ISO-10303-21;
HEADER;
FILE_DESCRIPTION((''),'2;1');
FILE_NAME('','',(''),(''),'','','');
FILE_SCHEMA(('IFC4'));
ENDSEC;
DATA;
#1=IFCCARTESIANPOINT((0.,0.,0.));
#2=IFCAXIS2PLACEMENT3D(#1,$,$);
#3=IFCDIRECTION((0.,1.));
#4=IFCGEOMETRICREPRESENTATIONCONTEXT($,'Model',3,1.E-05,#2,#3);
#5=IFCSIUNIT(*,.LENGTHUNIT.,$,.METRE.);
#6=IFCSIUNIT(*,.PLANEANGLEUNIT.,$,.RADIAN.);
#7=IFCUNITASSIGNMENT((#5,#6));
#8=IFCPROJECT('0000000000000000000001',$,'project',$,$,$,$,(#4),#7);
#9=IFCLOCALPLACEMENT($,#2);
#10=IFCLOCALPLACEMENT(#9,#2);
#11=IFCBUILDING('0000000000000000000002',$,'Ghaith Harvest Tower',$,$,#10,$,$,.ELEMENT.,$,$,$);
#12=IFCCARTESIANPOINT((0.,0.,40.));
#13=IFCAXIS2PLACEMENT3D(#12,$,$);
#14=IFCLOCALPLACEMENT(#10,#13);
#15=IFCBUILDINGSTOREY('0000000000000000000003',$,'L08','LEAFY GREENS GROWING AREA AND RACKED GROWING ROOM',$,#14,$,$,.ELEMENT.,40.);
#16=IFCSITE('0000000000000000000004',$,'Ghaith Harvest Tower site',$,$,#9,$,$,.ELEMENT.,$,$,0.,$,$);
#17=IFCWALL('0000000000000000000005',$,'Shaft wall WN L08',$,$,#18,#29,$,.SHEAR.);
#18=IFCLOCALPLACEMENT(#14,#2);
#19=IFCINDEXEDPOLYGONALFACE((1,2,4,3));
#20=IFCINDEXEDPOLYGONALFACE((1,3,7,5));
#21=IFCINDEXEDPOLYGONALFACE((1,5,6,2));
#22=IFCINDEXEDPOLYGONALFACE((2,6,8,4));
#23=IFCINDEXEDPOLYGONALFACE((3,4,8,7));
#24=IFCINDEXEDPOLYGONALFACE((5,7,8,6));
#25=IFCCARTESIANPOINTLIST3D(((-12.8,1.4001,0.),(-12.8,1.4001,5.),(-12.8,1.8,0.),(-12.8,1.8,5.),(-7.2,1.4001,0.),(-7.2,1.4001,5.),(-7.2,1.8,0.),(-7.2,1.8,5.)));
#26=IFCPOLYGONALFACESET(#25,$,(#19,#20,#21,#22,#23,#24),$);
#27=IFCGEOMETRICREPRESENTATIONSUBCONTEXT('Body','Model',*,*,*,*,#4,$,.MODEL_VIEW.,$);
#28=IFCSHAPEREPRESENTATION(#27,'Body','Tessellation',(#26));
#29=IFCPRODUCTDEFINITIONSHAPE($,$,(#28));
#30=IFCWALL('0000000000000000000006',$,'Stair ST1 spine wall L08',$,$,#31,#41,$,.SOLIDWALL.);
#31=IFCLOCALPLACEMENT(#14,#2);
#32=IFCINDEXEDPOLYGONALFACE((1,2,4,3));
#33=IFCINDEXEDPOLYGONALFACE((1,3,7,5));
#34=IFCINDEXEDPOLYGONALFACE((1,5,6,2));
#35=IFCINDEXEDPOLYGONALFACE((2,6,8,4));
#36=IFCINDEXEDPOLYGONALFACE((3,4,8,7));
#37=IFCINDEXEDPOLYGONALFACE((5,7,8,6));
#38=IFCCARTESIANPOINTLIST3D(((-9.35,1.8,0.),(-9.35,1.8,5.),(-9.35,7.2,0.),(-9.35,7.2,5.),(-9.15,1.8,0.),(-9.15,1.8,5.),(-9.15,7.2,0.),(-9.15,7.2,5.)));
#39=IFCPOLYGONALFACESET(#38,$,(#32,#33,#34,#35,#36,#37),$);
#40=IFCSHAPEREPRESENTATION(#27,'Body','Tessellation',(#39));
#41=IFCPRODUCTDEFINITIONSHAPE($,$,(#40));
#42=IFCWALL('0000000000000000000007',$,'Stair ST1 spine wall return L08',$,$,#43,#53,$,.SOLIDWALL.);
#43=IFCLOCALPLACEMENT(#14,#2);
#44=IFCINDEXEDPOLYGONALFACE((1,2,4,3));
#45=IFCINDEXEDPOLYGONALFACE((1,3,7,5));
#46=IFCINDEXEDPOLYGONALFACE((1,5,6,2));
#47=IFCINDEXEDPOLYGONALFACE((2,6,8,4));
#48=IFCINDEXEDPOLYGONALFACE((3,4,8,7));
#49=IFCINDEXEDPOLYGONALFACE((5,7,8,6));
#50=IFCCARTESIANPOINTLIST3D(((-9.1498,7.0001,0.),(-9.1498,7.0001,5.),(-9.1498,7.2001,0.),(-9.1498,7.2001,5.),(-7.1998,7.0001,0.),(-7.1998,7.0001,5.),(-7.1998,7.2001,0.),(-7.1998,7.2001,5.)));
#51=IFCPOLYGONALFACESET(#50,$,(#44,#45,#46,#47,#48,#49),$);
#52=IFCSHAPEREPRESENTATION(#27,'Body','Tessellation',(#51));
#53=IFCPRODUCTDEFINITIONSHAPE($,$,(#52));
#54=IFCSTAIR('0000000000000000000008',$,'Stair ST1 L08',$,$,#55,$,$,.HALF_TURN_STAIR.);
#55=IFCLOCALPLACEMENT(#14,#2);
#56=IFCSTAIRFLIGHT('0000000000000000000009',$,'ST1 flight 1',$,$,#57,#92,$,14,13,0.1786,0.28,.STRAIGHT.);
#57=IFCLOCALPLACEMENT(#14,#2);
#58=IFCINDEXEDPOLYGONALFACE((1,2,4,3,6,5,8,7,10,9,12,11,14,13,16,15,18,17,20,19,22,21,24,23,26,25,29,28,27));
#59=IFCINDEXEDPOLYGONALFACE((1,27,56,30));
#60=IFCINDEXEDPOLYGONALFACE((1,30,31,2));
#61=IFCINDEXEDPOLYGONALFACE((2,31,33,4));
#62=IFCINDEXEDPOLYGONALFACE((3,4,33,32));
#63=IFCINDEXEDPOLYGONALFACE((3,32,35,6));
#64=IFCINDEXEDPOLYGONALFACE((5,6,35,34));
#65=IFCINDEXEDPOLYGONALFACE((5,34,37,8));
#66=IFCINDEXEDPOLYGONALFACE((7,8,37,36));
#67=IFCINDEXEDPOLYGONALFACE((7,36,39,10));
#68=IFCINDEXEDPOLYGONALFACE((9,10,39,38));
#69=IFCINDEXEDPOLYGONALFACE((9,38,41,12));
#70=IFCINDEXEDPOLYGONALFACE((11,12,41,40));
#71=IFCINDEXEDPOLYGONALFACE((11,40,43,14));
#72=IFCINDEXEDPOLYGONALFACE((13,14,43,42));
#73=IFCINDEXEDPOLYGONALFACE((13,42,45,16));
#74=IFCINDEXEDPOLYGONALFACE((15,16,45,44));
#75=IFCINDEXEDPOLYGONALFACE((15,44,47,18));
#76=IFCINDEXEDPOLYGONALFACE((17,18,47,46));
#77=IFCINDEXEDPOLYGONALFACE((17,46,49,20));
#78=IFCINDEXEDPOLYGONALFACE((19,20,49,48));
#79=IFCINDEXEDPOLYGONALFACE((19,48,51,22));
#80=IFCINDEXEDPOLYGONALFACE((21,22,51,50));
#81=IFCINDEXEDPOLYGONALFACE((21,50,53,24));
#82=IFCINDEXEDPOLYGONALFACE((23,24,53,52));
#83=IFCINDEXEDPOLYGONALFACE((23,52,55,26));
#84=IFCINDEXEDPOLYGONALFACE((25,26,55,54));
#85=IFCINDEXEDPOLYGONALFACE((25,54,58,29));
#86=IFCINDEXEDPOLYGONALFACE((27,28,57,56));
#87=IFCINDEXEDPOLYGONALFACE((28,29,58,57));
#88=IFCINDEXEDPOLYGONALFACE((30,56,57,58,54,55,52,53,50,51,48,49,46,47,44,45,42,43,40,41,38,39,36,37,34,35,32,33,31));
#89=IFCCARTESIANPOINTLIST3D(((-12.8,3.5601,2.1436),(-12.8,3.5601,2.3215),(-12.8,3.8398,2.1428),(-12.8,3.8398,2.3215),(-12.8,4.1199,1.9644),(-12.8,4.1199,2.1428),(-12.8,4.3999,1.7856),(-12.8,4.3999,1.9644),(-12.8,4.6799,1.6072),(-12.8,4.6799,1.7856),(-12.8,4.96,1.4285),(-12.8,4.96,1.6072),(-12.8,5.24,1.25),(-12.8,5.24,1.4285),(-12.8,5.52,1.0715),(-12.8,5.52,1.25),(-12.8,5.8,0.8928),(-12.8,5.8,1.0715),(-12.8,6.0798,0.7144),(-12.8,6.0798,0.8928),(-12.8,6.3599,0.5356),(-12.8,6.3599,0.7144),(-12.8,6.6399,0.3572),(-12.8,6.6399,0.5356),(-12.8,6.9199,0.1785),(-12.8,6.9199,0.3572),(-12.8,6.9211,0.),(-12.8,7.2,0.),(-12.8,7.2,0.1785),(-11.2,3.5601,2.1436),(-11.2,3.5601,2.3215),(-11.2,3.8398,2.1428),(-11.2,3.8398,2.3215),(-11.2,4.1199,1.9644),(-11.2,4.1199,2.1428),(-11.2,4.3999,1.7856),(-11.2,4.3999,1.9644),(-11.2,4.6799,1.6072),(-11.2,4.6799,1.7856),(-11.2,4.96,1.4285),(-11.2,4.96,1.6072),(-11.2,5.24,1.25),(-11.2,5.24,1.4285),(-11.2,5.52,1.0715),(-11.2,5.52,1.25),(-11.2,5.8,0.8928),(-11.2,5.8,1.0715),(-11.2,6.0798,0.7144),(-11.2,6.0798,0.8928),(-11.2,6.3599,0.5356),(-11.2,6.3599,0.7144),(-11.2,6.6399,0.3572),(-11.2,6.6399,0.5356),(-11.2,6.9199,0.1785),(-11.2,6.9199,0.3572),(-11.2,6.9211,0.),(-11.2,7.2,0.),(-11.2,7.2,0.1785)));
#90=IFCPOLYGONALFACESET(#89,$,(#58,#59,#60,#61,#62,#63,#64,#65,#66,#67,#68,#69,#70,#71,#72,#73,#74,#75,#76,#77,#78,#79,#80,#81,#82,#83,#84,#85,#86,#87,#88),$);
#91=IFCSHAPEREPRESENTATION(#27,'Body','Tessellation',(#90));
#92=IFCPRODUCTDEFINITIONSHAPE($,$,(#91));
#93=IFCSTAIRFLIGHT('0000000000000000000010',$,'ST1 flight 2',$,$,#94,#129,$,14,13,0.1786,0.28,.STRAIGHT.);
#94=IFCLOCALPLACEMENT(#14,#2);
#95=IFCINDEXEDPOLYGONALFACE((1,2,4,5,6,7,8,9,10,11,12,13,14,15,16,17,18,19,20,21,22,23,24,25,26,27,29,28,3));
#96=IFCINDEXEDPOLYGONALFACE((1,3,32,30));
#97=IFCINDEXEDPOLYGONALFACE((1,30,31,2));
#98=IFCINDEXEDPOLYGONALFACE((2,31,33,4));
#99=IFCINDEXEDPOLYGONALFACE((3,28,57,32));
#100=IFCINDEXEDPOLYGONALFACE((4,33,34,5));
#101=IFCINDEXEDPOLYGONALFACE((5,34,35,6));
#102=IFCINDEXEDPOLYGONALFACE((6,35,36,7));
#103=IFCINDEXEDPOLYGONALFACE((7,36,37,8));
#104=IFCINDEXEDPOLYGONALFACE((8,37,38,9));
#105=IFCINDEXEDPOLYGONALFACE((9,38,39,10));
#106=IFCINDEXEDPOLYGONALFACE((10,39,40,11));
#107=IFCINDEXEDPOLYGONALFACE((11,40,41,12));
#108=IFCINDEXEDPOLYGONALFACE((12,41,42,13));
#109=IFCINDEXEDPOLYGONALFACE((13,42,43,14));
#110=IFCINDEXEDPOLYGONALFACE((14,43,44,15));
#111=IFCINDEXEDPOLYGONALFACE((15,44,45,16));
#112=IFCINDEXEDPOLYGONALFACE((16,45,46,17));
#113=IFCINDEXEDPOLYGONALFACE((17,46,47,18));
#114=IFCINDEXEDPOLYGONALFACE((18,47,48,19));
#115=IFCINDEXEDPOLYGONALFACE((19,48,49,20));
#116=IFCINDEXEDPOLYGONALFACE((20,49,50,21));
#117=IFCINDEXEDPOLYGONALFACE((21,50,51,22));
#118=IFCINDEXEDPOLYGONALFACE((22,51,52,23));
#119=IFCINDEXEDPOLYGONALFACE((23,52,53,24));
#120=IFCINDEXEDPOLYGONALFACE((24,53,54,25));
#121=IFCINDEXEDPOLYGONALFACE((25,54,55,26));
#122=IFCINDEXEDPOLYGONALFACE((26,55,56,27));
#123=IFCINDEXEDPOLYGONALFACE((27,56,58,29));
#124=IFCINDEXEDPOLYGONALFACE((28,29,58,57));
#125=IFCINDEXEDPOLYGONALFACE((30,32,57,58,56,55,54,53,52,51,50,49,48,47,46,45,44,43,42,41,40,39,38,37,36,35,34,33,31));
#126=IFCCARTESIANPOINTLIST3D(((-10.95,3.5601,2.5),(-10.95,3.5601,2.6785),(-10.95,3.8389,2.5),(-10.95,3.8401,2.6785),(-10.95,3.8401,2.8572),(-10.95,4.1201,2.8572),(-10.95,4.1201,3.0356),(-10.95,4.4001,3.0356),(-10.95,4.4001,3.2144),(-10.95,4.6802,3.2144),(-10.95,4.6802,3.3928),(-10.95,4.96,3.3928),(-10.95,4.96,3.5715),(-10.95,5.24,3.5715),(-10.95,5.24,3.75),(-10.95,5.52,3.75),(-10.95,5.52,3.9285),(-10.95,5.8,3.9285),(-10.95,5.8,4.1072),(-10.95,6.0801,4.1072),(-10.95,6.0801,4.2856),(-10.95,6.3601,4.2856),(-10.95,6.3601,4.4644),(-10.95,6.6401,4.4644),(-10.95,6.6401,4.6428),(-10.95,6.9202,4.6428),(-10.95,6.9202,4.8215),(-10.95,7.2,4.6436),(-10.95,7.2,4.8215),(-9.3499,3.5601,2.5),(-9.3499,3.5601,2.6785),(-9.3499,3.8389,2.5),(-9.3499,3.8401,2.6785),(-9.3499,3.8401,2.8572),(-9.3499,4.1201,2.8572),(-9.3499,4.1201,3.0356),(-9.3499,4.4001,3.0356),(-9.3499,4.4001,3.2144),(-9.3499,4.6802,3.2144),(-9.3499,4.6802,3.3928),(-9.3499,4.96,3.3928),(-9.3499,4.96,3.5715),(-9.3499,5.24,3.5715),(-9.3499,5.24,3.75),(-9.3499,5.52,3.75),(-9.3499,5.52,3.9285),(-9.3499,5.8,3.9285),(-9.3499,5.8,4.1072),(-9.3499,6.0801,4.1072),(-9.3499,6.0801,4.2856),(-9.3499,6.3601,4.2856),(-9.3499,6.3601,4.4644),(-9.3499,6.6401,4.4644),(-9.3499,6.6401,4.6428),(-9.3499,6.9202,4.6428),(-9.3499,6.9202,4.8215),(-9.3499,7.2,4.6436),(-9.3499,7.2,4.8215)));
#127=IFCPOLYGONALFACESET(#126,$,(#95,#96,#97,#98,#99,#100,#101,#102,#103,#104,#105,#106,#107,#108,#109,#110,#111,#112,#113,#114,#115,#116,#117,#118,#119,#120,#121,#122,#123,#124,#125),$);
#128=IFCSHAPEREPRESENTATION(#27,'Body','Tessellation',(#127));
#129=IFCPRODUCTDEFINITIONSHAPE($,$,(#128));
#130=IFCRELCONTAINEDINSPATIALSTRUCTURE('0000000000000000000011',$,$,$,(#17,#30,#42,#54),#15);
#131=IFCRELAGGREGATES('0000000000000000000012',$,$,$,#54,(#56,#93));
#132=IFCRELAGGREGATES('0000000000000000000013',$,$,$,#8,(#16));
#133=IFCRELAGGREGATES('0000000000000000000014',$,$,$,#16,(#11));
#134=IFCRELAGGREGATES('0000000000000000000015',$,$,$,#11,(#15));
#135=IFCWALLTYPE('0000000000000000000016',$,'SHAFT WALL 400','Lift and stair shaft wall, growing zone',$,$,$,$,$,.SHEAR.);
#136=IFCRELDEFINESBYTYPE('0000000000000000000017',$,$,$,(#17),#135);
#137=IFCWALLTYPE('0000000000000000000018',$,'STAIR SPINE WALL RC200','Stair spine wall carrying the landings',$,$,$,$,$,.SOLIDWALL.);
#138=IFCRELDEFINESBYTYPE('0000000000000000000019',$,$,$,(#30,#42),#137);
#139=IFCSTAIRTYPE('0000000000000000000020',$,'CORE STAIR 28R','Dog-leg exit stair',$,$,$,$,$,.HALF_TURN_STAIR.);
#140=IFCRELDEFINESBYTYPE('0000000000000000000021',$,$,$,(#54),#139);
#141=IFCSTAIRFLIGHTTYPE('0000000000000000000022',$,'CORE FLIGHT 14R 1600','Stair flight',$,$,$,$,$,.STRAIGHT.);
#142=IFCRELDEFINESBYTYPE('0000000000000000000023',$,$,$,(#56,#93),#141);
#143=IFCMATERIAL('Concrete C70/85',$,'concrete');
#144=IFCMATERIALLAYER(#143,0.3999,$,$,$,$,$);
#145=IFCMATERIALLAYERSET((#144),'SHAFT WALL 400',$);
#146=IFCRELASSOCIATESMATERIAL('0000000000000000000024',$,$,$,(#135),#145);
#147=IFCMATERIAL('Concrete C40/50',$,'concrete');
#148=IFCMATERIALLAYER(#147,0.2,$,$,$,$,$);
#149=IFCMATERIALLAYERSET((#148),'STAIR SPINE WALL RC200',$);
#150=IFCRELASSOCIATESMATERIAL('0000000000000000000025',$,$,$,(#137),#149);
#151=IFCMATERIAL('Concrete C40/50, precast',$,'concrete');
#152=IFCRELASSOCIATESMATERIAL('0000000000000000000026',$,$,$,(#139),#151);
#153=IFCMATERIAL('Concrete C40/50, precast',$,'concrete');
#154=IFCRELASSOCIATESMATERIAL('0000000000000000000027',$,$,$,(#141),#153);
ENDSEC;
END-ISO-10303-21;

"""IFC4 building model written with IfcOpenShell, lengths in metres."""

from ifc_helpers import new_model, si_unit, direction, frame, frame_2d, origin, place, context, subcontext, project, spatial, polyline, rectangle, outline, extrude, material, layer, layer_set, type_object, element, aggregate, save


model = new_model("IFC4")

# Units and contexts
model_context = context("Model", 3, precision=1e-05, world=origin(), true_north=direction((0.0, 1.0)))
body_context = subcontext(model_context, "Body", "Model", "MODEL_VIEW")
ifc_project = project(units=[si_unit("LENGTHUNIT", "METRE"), si_unit("PLANEANGLEUNIT", "RADIAN")], contexts=[model_context])

# Site, building, storey
site_placement = place(None, origin())
site = spatial("IfcSite", under=ifc_project, at=site_placement, Name="Ghaith Harvest Tower site", CompositionType="ELEMENT", RefElevation=0.0)
building_placement = place(site_placement, origin())
building = spatial("IfcBuilding", under=site, at=building_placement, Name="Ghaith Harvest Tower", CompositionType="ELEMENT")
storey_placement = place(building_placement, frame((0.0, 0.0, 40.0)))
storey = spatial("IfcBuildingStorey", under=building, at=storey_placement, Name="L08", Description="LEAFY GREENS GROWING AREA AND RACKED GROWING ROOM", CompositionType="ELEMENT", Elevation=40.0)

# Shared definitions
ifc_material_1 = material(Name="Concrete C70/85", Category="concrete")
ifc_layer_1 = layer(ifc_material_1, 0.3999)
ifc_layer_set_1 = layer_set([ifc_layer_1], Name="SHAFT WALL 400")
wall_type_1 = type_object("IfcWallType", Name="SHAFT WALL 400", Description="Lift and stair shaft wall, growing zone", PredefinedType="SHEAR", material=ifc_layer_set_1)

# Walls
wall_1_placement = place(storey_placement, frame((-12.8, 1.6001, 0.0), z_axis=(0.0, 0.0, 1.0), x_axis=(1.0, 0.0, 0.0)))
element("IfcWall", 1, at=wall_1_placement, inside=storey, type_object=wall_type_1, Name="Shaft wall WN L08", PredefinedType="SHEAR", context=body_context, shape_type="SweptSolid", body=[
    extrude(rectangle(XDim=5.6001, YDim=0.3999, at=frame_2d((2.8, 0.0))), origin(), (0.0, 0.0, 1.0), 5.0),
])
ifc_material_2 = material(Name="Concrete C40/50", Category="concrete")
ifc_layer_2 = layer(ifc_material_2, 0.2)
ifc_layer_set_2 = layer_set([ifc_layer_2], Name="STAIR SPINE WALL RC200")
wall_type_2 = type_object("IfcWallType", Name="STAIR SPINE WALL RC200", Description="Stair spine wall carrying the landings", PredefinedType="SOLIDWALL", material=ifc_layer_set_2)
wall_2_placement = place(storey_placement, frame((-9.25, 7.2, 0.0), z_axis=(0.0, 0.0, 1.0), x_axis=(0.0, -1.0, 0.0)))
element("IfcWall", 2, at=wall_2_placement, inside=storey, type_object=wall_type_2, Name="Stair ST1 spine wall L08", PredefinedType="SOLIDWALL", context=body_context, shape_type="SweptSolid", body=[
    extrude(rectangle(XDim=5.3999, YDim=0.2, at=frame_2d((2.7, 0.0))), origin(), (0.0, 0.0, 1.0), 5.0),
])
wall_3_placement = place(storey_placement, frame((-9.1499, 7.1001, 0.0), z_axis=(0.0, 0.0, 1.0), x_axis=(1.0, 0.0, 0.0)))
element("IfcWall", 3, at=wall_3_placement, inside=storey, type_object=wall_type_2, Name="Stair ST1 spine wall return L08", PredefinedType="SOLIDWALL", context=body_context, shape_type="SweptSolid", body=[
    extrude(rectangle(XDim=1.95, YDim=0.2, at=frame_2d((0.9751, 0.0))), origin(), (0.0, 0.0, 1.0), 5.0),
])

# Stair, stair flights
ifc_material_3 = material(Name="Concrete C40/50, precast", Category="concrete")
stair_type = type_object("IfcStairType", Name="CORE STAIR 28R", Description="Dog-leg exit stair", PredefinedType="HALF_TURN_STAIR", material=ifc_material_3)
stair_placement = place(storey_placement, origin())
stair = element("IfcStair", 4, at=stair_placement, inside=storey, type_object=stair_type, Name="Stair ST1 L08", PredefinedType="HALF_TURN_STAIR")
ifc_material_4 = material(Name="Concrete C40/50, precast", Category="concrete")
stair_flight_type = type_object("IfcStairFlightType", Name="CORE FLIGHT 14R 1600", Description="Stair flight", PredefinedType="STRAIGHT", material=ifc_material_4)
stair_flight_1_placement = place(storey_placement, frame((-12.0, 7.2, 0.0), z_axis=(0.0, 0.0, 1.0), x_axis=(0.0, -1.0, 0.0)))
stair_flight_1 = element("IfcStairFlight", 5, at=stair_flight_1_placement, type_object=stair_flight_type, Name="ST1 flight 1", NumberOfRisers=14, NumberOfTreads=13, PredefinedType="STRAIGHT", RiserHeight=0.1786, TreadLength=0.28, context=body_context, shape_type="SweptSolid", body=[
    extrude(outline(polyline([(0.0, 0.0), (0.0, 0.1785), (0.28, 0.1785), (0.28, 0.3572), (0.5601, 0.3572), (0.5601, 0.5356), (0.8401, 0.5356), (0.8401, 0.7144), (1.1201, 0.7144), (1.1201, 0.8928), (1.3999, 0.8928), (1.3999, 1.0715), (1.6799, 1.0715), (1.6799, 1.25), (1.96, 1.25), (1.96, 1.4285), (2.24, 1.4285), (2.24, 1.6072), (2.52, 1.6072), (2.52, 1.7856), (2.8, 1.7856), (2.8, 1.9644), (3.0801, 1.9644), (3.0801, 2.1428), (3.3601, 2.1428), (3.3601, 2.3215), (3.6399, 2.3215), (3.6399, 2.5), (3.6399, 2.1436), (0.2788, 0.0), (0.0, 0.0)])), frame((0.0, 0.8, 0.0), z_axis=(0.0, -1.0, 0.0), x_axis=(1.0, 0.0, 0.0)), (0.0, 0.0, 1.0), 1.6001),
])
stair_flight_2_placement = place(storey_placement, frame((-10.1499, 3.5601, 2.5), z_axis=(0.0, 0.0, 1.0), x_axis=(0.0, 1.0, 0.0)))
stair_flight_2 = element("IfcStairFlight", 6, at=stair_flight_2_placement, type_object=stair_flight_type, Name="ST1 flight 2", NumberOfRisers=14, NumberOfTreads=13, PredefinedType="STRAIGHT", RiserHeight=0.1786, TreadLength=0.28, context=body_context, shape_type="SweptSolid", body=[
    extrude(outline(polyline([(0.0, 0.0), (0.0, 0.1785), (0.28, 0.1785), (0.28, 0.3572), (0.5601, 0.3572), (0.5601, 0.5356), (0.8401, 0.5356), (0.8401, 0.7144), (1.1201, 0.7144), (1.1201, 0.8928), (1.3999, 0.8928), (1.3999, 1.0715), (1.6799, 1.0715), (1.6799, 1.25), (1.96, 1.25), (1.96, 1.4285), (2.24, 1.4285), (2.24, 1.6072), (2.52, 1.6072), (2.52, 1.7856), (2.8, 1.7856), (2.8, 1.9644), (3.0801, 1.9644), (3.0801, 2.1428), (3.3601, 2.1428), (3.3601, 2.3215), (3.6399, 2.3215), (3.6399, 2.5), (3.6399, 2.1436), (0.2788, 0.0), (0.0, 0.0)])), frame((0.0, 0.8, 0.0), z_axis=(0.0, -1.0, 0.0), x_axis=(1.0, 0.0, 0.0)), (0.0, 0.0, 1.0), 1.6001),
])
aggregate(stair, [stair_flight_1, stair_flight_2])

save(model, "model.ifc")
